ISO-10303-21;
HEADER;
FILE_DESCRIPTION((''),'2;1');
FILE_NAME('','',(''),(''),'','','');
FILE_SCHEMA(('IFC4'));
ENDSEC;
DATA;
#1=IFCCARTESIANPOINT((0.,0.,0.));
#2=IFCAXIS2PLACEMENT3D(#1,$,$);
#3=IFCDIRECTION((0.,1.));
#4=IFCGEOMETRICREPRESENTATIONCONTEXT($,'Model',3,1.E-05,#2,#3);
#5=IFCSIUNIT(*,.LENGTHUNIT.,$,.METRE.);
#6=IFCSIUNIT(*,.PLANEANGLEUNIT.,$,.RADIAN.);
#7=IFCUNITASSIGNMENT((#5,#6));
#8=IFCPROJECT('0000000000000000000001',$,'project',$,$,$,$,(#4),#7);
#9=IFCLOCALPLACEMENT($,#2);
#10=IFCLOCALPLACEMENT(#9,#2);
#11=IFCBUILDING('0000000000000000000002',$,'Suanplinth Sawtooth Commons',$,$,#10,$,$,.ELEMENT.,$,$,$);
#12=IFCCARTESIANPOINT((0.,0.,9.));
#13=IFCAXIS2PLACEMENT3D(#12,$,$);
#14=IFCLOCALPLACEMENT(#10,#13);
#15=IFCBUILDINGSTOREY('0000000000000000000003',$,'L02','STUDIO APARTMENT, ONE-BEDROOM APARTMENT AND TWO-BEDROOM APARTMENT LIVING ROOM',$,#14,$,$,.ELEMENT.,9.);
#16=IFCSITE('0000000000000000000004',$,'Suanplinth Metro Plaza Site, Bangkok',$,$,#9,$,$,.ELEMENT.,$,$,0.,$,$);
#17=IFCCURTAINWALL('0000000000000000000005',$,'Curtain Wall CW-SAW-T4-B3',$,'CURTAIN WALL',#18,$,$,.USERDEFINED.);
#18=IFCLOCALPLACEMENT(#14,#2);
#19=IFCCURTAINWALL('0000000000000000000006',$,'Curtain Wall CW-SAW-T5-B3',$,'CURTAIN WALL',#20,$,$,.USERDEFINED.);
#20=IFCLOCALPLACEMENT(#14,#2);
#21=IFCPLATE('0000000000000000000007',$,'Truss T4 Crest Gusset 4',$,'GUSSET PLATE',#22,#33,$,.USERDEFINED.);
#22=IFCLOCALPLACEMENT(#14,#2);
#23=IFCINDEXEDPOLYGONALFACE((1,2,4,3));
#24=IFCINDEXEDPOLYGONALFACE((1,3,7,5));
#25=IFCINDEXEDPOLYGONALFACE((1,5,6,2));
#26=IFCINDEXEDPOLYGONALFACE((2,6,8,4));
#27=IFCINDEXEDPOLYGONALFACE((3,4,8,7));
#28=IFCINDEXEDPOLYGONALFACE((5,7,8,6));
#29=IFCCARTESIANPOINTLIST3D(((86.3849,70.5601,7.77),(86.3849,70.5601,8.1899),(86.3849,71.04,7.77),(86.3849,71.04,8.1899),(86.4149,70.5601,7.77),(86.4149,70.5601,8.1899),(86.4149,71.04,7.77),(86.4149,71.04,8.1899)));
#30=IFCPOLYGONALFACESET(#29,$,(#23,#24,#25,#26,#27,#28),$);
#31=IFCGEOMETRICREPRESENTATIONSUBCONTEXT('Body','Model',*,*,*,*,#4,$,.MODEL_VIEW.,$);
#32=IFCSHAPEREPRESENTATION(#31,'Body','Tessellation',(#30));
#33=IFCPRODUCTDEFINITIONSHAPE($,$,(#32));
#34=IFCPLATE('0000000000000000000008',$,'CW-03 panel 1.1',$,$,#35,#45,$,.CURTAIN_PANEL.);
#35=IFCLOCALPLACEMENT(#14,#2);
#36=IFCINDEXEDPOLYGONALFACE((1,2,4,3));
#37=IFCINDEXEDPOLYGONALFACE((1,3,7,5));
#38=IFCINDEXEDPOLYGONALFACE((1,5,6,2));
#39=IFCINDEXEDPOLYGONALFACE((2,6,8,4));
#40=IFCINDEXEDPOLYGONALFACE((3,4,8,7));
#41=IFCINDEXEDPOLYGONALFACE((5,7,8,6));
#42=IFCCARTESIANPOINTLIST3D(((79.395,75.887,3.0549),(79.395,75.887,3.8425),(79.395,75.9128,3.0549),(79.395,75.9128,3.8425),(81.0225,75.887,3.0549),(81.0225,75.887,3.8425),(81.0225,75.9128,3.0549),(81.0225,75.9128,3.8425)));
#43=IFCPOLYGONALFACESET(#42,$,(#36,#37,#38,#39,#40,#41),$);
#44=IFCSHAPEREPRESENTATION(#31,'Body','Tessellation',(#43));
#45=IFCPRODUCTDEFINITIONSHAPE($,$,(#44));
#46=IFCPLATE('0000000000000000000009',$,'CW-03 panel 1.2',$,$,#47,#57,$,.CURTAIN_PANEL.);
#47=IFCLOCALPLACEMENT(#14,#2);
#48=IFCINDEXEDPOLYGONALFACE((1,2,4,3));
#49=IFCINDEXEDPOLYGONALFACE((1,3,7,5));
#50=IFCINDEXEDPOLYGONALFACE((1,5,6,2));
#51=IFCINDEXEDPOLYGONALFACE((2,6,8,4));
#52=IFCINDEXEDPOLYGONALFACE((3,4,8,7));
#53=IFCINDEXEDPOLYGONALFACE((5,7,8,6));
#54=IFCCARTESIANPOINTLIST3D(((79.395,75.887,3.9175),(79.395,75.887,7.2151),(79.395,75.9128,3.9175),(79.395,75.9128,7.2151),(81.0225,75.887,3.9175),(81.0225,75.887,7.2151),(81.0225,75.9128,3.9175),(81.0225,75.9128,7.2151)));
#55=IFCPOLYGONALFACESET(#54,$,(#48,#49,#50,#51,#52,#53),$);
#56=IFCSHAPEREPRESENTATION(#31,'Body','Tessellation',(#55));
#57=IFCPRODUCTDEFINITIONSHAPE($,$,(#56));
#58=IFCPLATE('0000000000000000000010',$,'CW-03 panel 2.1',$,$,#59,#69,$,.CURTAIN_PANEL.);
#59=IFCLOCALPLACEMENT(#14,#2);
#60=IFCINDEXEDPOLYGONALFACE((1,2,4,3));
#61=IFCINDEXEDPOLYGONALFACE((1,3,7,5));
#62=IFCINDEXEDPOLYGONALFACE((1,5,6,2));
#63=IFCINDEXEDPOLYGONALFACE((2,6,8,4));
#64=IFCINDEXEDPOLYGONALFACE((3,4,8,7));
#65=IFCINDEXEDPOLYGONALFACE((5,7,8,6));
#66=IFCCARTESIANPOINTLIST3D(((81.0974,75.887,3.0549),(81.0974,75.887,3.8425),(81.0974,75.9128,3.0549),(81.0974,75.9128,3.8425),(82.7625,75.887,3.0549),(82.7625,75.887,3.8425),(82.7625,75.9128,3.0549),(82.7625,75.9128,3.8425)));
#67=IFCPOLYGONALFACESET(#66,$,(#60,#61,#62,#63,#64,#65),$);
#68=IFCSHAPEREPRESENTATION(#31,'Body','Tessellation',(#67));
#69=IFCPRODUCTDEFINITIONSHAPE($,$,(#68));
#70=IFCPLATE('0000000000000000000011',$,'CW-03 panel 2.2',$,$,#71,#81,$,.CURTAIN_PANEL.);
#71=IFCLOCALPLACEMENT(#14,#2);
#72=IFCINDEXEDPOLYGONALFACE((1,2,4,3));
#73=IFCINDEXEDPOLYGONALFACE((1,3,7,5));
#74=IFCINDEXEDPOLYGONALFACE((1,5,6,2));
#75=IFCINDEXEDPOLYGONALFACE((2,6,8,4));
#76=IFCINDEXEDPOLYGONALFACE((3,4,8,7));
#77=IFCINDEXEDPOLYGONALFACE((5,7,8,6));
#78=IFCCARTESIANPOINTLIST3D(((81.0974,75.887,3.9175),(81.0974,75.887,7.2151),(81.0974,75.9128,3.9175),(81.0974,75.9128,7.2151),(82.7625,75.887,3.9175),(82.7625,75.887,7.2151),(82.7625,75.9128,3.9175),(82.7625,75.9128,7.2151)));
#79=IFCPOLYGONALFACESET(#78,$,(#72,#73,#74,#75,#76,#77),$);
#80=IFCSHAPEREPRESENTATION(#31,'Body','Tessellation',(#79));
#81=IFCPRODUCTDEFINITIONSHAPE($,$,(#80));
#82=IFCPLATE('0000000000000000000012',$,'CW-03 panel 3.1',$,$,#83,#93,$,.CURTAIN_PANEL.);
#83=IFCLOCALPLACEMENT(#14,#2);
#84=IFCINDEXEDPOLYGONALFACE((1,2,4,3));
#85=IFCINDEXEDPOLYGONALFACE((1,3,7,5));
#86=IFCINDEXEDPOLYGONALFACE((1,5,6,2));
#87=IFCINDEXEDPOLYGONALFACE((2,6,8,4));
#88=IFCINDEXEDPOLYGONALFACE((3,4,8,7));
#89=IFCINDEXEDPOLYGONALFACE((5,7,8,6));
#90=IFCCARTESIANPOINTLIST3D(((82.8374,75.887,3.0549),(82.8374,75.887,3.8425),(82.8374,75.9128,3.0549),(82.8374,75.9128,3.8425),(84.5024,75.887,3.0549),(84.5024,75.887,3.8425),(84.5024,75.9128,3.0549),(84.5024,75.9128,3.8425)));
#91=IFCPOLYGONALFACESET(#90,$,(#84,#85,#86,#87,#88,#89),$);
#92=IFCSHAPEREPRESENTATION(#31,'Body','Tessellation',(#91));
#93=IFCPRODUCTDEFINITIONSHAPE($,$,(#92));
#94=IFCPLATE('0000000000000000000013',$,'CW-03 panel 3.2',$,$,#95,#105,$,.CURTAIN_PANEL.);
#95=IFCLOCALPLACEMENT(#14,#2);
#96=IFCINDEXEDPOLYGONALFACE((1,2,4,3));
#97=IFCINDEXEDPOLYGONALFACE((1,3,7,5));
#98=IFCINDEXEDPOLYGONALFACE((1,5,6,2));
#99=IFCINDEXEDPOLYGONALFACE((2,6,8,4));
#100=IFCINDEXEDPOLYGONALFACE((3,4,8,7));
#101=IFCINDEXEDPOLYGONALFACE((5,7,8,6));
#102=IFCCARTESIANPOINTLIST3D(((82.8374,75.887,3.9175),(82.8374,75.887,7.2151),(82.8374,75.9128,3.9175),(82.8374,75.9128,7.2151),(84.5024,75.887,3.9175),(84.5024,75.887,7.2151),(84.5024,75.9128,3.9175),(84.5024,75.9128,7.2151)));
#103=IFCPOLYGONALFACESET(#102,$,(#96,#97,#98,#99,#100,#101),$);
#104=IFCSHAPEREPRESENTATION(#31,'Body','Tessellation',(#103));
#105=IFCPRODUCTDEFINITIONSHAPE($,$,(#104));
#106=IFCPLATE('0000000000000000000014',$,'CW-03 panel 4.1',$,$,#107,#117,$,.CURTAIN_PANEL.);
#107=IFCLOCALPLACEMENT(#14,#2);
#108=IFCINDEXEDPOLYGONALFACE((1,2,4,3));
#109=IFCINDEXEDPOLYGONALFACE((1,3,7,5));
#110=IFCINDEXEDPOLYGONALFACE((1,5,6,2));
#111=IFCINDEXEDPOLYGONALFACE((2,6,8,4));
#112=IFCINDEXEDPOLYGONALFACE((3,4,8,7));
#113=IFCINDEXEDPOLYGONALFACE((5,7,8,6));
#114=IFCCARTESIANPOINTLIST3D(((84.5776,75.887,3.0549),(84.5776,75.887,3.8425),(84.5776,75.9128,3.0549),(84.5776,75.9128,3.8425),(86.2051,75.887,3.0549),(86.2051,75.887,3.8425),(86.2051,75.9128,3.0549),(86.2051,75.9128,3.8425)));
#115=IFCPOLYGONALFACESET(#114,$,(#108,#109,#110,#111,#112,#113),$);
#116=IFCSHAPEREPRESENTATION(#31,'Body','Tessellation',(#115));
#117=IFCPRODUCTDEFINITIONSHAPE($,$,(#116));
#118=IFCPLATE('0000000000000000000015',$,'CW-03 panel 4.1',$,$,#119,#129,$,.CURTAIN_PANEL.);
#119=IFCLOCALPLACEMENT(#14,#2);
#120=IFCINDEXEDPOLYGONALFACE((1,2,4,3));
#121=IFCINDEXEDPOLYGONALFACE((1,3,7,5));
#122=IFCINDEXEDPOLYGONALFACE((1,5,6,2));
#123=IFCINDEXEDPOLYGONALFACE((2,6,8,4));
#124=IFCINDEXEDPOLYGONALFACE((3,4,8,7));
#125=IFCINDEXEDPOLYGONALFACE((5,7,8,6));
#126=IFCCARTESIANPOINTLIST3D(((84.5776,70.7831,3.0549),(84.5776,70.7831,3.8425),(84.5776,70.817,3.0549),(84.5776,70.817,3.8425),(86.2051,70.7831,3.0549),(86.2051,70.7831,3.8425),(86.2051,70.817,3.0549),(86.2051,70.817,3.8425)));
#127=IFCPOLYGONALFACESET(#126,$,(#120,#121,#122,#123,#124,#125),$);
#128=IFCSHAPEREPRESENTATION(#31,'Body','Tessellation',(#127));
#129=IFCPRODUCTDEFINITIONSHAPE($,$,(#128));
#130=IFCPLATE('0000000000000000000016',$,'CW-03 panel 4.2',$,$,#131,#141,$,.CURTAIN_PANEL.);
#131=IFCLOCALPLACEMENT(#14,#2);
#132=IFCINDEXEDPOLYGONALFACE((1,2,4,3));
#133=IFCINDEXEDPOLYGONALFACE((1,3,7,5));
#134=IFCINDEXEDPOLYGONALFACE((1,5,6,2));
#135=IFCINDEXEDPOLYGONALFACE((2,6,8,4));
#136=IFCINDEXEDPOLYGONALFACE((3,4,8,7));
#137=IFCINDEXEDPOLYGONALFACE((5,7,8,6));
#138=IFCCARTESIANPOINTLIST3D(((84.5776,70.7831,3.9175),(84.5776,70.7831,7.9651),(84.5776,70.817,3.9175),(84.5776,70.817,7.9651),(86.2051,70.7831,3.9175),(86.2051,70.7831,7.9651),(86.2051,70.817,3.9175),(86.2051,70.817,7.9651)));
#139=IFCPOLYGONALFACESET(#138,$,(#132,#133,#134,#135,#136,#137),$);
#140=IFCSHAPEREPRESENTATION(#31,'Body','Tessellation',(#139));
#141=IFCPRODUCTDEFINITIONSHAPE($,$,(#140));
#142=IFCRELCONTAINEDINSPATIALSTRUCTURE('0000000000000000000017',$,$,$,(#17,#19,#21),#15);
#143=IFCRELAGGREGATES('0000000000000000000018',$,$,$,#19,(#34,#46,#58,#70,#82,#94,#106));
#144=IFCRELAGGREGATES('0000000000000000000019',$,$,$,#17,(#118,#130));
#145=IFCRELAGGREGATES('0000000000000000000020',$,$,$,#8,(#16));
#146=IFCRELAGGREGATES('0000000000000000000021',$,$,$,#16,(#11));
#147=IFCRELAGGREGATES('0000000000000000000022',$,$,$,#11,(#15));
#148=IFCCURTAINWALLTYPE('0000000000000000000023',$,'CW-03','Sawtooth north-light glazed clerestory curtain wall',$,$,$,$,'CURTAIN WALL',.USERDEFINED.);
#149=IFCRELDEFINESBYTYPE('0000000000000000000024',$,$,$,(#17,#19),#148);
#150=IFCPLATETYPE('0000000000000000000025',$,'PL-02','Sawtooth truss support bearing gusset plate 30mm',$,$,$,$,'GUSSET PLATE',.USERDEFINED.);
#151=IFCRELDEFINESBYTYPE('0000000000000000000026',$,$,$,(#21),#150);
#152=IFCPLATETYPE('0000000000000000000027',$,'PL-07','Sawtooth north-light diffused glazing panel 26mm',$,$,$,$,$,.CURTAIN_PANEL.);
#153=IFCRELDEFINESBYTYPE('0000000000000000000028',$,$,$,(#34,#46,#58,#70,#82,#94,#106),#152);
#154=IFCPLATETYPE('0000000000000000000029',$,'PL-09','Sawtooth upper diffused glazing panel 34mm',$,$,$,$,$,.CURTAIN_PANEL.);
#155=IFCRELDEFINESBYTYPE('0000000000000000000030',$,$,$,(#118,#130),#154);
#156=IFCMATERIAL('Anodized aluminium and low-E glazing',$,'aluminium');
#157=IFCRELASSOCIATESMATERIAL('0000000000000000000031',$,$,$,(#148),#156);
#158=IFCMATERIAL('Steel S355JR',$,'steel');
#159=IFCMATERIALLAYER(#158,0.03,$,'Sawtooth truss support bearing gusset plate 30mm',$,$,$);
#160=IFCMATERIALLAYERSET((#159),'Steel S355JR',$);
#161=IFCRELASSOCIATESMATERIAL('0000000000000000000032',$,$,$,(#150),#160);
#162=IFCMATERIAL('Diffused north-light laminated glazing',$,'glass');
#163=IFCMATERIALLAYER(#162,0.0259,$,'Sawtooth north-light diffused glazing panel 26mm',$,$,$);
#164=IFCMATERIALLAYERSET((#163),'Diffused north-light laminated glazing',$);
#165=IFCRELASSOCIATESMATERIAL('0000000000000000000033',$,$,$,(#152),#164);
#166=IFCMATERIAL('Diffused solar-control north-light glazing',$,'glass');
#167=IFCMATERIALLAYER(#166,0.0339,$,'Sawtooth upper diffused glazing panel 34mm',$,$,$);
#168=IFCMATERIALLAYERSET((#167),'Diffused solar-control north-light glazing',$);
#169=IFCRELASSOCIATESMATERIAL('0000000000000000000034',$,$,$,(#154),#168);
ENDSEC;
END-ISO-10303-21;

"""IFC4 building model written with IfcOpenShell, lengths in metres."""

from ifc_helpers import new_model, si_unit, direction, frame, origin, origin_2d, place, context, subcontext, project, spatial, rectangle, extrude, material, layer, layer_set, type_object, element, aggregate, save


model = new_model("IFC4")

# Units and contexts
model_context = context("Model", 3, precision=1e-05, world=origin(), true_north=direction((0.0, 1.0)))
body_context = subcontext(model_context, "Body", "Model", "MODEL_VIEW")
ifc_project = project(units=[si_unit("LENGTHUNIT", "METRE"), si_unit("PLANEANGLEUNIT", "RADIAN")], contexts=[model_context])

# Site, building, storey
site_placement = place(None, origin())
site = spatial("IfcSite", under=ifc_project, at=site_placement, Name="Suanplinth Metro Plaza Site, Bangkok", CompositionType="ELEMENT", RefElevation=0.0)
building_placement = place(site_placement, origin())
building = spatial("IfcBuilding", under=site, at=building_placement, Name="Suanplinth Sawtooth Commons", CompositionType="ELEMENT")
storey_placement = place(building_placement, frame((0.0, 0.0, 9.0)))
storey = spatial("IfcBuildingStorey", under=building, at=storey_placement, Name="L02", Description="STUDIO APARTMENT, ONE-BEDROOM APARTMENT AND TWO-BEDROOM APARTMENT LIVING ROOM", CompositionType="ELEMENT", Elevation=9.0)

# Shared definitions
ifc_material_1 = material(Name="Steel S355JR", Category="steel")

# Curtain wall
ifc_material_2 = material(Name="Anodized aluminium and low-E glazing", Category="aluminium")
curtain_wall_type = type_object("IfcCurtainWallType", Name="CW-03", Description="Sawtooth north-light glazed clerestory curtain wall", ElementType="CURTAIN WALL", PredefinedType="USERDEFINED", material=ifc_material_2)
curtain_wall_1_placement = place(storey_placement, origin())
curtain_wall_1 = element("IfcCurtainWall", 1, at=curtain_wall_1_placement, inside=storey, type_object=curtain_wall_type, Name="Curtain Wall CW-SAW-T4-B3", ObjectType="CURTAIN WALL", PredefinedType="USERDEFINED")

# Curtain wall
curtain_wall_2_placement = place(storey_placement, origin())
curtain_wall_2 = element("IfcCurtainWall", 2, at=curtain_wall_2_placement, inside=storey, type_object=curtain_wall_type, Name="Curtain Wall CW-SAW-T5-B3", ObjectType="CURTAIN WALL", PredefinedType="USERDEFINED")

# Plate
ifc_layer_1 = layer(ifc_material_1, 0.03, Name="Sawtooth truss support bearing gusset plate 30mm")
ifc_layer_set_1 = layer_set([ifc_layer_1], Name="Steel S355JR")
plate_type_1 = type_object("IfcPlateType", Name="PL-02", Description="Sawtooth truss support bearing gusset plate 30mm", ElementType="GUSSET PLATE", PredefinedType="USERDEFINED", material=ifc_layer_set_1)
plate_1_placement = place(storey_placement, frame((86.3999, 70.8, 7.77), z_axis=(0.0, 0.0, 1.0), x_axis=(1.0, 0.0, 0.0)))
element("IfcPlate", 3, at=plate_1_placement, inside=storey, type_object=plate_type_1, Name="Truss T4 Crest Gusset 4", ObjectType="GUSSET PLATE", PredefinedType="USERDEFINED", context=body_context, shape_type="SweptSolid", body=[
    extrude(rectangle(XDim=0.03, YDim=0.48, at=origin_2d()), origin(), (0.0, 0.0, 1.0), 0.4199),
])

# Plates
ifc_material_3 = material(Name="Diffused north-light laminated glazing", Category="glass")
ifc_layer_2 = layer(ifc_material_3, 0.0259, Name="Sawtooth north-light diffused glazing panel 26mm")
ifc_layer_set_2 = layer_set([ifc_layer_2], Name="Diffused north-light laminated glazing")
plate_type_2 = type_object("IfcPlateType", Name="PL-07", Description="Sawtooth north-light diffused glazing panel 26mm", PredefinedType="CURTAIN_PANEL", material=ifc_layer_set_2)
plate_2_placement = place(storey_placement, frame((80.2087, 75.8999, 3.0549), z_axis=(0.0, 0.0, 1.0), x_axis=(1.0, 0.0, 0.0)))
plate_2 = element("IfcPlate", 4, at=plate_2_placement, type_object=plate_type_2, Name="CW-03 panel 1.1", PredefinedType="CURTAIN_PANEL", context=body_context, shape_type="SweptSolid", body=[
    extrude(rectangle(XDim=1.6274, YDim=0.0259, at=origin_2d()), origin(), (0.0, 0.0, 1.0), 0.7876),
])
plate_3_placement = place(storey_placement, frame((80.2087, 75.8999, 3.9175), z_axis=(0.0, 0.0, 1.0), x_axis=(1.0, 0.0, 0.0)))
plate_3 = element("IfcPlate", 5, at=plate_3_placement, type_object=plate_type_2, Name="CW-03 panel 1.2", PredefinedType="CURTAIN_PANEL", context=body_context, shape_type="SweptSolid", body=[
    extrude(rectangle(XDim=1.6274, YDim=0.0259, at=origin_2d()), origin(), (0.0, 0.0, 1.0), 3.2976),
])
plate_4_placement = place(storey_placement, frame((81.9299, 75.8999, 3.0549), z_axis=(0.0, 0.0, 1.0), x_axis=(1.0, 0.0, 0.0)))
plate_4 = element("IfcPlate", 6, at=plate_4_placement, type_object=plate_type_2, Name="CW-03 panel 2.1", PredefinedType="CURTAIN_PANEL", context=body_context, shape_type="SweptSolid", body=[
    extrude(rectangle(XDim=1.665, YDim=0.0259, at=origin_2d()), origin(), (0.0, 0.0, 1.0), 0.7876),
])
plate_5_placement = place(storey_placement, frame((81.9299, 75.8999, 3.9175), z_axis=(0.0, 0.0, 1.0), x_axis=(1.0, 0.0, 0.0)))
plate_5 = element("IfcPlate", 7, at=plate_5_placement, type_object=plate_type_2, Name="CW-03 panel 2.2", PredefinedType="CURTAIN_PANEL", context=body_context, shape_type="SweptSolid", body=[
    extrude(rectangle(XDim=1.665, YDim=0.0259, at=origin_2d()), origin(), (0.0, 0.0, 1.0), 3.2976),
])
plate_6_placement = place(storey_placement, frame((83.6699, 75.8999, 3.0549), z_axis=(0.0, 0.0, 1.0), x_axis=(1.0, 0.0, 0.0)))
plate_6 = element("IfcPlate", 8, at=plate_6_placement, type_object=plate_type_2, Name="CW-03 panel 3.1", PredefinedType="CURTAIN_PANEL", context=body_context, shape_type="SweptSolid", body=[
    extrude(rectangle(XDim=1.665, YDim=0.0259, at=origin_2d()), origin(), (0.0, 0.0, 1.0), 0.7876),
])
plate_7_placement = place(storey_placement, frame((83.6699, 75.8999, 3.9175), z_axis=(0.0, 0.0, 1.0), x_axis=(1.0, 0.0, 0.0)))
plate_7 = element("IfcPlate", 9, at=plate_7_placement, type_object=plate_type_2, Name="CW-03 panel 3.2", PredefinedType="CURTAIN_PANEL", context=body_context, shape_type="SweptSolid", body=[
    extrude(rectangle(XDim=1.665, YDim=0.0259, at=origin_2d()), origin(), (0.0, 0.0, 1.0), 3.2976),
])
plate_8_placement = place(storey_placement, frame((85.3914, 75.8999, 3.0549), z_axis=(0.0, 0.0, 1.0), x_axis=(1.0, 0.0, 0.0)))
plate_8 = element("IfcPlate", 10, at=plate_8_placement, type_object=plate_type_2, Name="CW-03 panel 4.1", PredefinedType="CURTAIN_PANEL", context=body_context, shape_type="SweptSolid", body=[
    extrude(rectangle(XDim=1.6274, YDim=0.0259, at=origin_2d()), origin(), (0.0, 0.0, 1.0), 0.7876),
])
aggregate(curtain_wall_2, [plate_2, plate_3, plate_4, plate_5, plate_6, plate_7, plate_8])
ifc_material_4 = material(Name="Diffused solar-control north-light glazing", Category="glass")
ifc_layer_3 = layer(ifc_material_4, 0.0339, Name="Sawtooth upper diffused glazing panel 34mm")
ifc_layer_set_3 = layer_set([ifc_layer_3], Name="Diffused solar-control north-light glazing")
plate_type_3 = type_object("IfcPlateType", Name="PL-09", Description="Sawtooth upper diffused glazing panel 34mm", PredefinedType="CURTAIN_PANEL", material=ifc_layer_set_3)
plate_9_placement = place(storey_placement, frame((85.3914, 70.8, 3.0549), z_axis=(0.0, 0.0, 1.0), x_axis=(1.0, 0.0, 0.0)))
plate_9 = element("IfcPlate", 11, at=plate_9_placement, type_object=plate_type_3, Name="CW-03 panel 4.1", PredefinedType="CURTAIN_PANEL", context=body_context, shape_type="SweptSolid", body=[
    extrude(rectangle(XDim=1.6274, YDim=0.0339, at=origin_2d()), origin(), (0.0, 0.0, 1.0), 0.7876),
])
plate_10_placement = place(storey_placement, frame((85.3914, 70.8, 3.9175), z_axis=(0.0, 0.0, 1.0), x_axis=(1.0, 0.0, 0.0)))
plate_10 = element("IfcPlate", 12, at=plate_10_placement, type_object=plate_type_3, Name="CW-03 panel 4.2", PredefinedType="CURTAIN_PANEL", context=body_context, shape_type="SweptSolid", body=[
    extrude(rectangle(XDim=1.6274, YDim=0.0339, at=origin_2d()), origin(), (0.0, 0.0, 1.0), 4.0476),
])
aggregate(curtain_wall_1, [plate_9, plate_10])

save(model, "model.ifc")
